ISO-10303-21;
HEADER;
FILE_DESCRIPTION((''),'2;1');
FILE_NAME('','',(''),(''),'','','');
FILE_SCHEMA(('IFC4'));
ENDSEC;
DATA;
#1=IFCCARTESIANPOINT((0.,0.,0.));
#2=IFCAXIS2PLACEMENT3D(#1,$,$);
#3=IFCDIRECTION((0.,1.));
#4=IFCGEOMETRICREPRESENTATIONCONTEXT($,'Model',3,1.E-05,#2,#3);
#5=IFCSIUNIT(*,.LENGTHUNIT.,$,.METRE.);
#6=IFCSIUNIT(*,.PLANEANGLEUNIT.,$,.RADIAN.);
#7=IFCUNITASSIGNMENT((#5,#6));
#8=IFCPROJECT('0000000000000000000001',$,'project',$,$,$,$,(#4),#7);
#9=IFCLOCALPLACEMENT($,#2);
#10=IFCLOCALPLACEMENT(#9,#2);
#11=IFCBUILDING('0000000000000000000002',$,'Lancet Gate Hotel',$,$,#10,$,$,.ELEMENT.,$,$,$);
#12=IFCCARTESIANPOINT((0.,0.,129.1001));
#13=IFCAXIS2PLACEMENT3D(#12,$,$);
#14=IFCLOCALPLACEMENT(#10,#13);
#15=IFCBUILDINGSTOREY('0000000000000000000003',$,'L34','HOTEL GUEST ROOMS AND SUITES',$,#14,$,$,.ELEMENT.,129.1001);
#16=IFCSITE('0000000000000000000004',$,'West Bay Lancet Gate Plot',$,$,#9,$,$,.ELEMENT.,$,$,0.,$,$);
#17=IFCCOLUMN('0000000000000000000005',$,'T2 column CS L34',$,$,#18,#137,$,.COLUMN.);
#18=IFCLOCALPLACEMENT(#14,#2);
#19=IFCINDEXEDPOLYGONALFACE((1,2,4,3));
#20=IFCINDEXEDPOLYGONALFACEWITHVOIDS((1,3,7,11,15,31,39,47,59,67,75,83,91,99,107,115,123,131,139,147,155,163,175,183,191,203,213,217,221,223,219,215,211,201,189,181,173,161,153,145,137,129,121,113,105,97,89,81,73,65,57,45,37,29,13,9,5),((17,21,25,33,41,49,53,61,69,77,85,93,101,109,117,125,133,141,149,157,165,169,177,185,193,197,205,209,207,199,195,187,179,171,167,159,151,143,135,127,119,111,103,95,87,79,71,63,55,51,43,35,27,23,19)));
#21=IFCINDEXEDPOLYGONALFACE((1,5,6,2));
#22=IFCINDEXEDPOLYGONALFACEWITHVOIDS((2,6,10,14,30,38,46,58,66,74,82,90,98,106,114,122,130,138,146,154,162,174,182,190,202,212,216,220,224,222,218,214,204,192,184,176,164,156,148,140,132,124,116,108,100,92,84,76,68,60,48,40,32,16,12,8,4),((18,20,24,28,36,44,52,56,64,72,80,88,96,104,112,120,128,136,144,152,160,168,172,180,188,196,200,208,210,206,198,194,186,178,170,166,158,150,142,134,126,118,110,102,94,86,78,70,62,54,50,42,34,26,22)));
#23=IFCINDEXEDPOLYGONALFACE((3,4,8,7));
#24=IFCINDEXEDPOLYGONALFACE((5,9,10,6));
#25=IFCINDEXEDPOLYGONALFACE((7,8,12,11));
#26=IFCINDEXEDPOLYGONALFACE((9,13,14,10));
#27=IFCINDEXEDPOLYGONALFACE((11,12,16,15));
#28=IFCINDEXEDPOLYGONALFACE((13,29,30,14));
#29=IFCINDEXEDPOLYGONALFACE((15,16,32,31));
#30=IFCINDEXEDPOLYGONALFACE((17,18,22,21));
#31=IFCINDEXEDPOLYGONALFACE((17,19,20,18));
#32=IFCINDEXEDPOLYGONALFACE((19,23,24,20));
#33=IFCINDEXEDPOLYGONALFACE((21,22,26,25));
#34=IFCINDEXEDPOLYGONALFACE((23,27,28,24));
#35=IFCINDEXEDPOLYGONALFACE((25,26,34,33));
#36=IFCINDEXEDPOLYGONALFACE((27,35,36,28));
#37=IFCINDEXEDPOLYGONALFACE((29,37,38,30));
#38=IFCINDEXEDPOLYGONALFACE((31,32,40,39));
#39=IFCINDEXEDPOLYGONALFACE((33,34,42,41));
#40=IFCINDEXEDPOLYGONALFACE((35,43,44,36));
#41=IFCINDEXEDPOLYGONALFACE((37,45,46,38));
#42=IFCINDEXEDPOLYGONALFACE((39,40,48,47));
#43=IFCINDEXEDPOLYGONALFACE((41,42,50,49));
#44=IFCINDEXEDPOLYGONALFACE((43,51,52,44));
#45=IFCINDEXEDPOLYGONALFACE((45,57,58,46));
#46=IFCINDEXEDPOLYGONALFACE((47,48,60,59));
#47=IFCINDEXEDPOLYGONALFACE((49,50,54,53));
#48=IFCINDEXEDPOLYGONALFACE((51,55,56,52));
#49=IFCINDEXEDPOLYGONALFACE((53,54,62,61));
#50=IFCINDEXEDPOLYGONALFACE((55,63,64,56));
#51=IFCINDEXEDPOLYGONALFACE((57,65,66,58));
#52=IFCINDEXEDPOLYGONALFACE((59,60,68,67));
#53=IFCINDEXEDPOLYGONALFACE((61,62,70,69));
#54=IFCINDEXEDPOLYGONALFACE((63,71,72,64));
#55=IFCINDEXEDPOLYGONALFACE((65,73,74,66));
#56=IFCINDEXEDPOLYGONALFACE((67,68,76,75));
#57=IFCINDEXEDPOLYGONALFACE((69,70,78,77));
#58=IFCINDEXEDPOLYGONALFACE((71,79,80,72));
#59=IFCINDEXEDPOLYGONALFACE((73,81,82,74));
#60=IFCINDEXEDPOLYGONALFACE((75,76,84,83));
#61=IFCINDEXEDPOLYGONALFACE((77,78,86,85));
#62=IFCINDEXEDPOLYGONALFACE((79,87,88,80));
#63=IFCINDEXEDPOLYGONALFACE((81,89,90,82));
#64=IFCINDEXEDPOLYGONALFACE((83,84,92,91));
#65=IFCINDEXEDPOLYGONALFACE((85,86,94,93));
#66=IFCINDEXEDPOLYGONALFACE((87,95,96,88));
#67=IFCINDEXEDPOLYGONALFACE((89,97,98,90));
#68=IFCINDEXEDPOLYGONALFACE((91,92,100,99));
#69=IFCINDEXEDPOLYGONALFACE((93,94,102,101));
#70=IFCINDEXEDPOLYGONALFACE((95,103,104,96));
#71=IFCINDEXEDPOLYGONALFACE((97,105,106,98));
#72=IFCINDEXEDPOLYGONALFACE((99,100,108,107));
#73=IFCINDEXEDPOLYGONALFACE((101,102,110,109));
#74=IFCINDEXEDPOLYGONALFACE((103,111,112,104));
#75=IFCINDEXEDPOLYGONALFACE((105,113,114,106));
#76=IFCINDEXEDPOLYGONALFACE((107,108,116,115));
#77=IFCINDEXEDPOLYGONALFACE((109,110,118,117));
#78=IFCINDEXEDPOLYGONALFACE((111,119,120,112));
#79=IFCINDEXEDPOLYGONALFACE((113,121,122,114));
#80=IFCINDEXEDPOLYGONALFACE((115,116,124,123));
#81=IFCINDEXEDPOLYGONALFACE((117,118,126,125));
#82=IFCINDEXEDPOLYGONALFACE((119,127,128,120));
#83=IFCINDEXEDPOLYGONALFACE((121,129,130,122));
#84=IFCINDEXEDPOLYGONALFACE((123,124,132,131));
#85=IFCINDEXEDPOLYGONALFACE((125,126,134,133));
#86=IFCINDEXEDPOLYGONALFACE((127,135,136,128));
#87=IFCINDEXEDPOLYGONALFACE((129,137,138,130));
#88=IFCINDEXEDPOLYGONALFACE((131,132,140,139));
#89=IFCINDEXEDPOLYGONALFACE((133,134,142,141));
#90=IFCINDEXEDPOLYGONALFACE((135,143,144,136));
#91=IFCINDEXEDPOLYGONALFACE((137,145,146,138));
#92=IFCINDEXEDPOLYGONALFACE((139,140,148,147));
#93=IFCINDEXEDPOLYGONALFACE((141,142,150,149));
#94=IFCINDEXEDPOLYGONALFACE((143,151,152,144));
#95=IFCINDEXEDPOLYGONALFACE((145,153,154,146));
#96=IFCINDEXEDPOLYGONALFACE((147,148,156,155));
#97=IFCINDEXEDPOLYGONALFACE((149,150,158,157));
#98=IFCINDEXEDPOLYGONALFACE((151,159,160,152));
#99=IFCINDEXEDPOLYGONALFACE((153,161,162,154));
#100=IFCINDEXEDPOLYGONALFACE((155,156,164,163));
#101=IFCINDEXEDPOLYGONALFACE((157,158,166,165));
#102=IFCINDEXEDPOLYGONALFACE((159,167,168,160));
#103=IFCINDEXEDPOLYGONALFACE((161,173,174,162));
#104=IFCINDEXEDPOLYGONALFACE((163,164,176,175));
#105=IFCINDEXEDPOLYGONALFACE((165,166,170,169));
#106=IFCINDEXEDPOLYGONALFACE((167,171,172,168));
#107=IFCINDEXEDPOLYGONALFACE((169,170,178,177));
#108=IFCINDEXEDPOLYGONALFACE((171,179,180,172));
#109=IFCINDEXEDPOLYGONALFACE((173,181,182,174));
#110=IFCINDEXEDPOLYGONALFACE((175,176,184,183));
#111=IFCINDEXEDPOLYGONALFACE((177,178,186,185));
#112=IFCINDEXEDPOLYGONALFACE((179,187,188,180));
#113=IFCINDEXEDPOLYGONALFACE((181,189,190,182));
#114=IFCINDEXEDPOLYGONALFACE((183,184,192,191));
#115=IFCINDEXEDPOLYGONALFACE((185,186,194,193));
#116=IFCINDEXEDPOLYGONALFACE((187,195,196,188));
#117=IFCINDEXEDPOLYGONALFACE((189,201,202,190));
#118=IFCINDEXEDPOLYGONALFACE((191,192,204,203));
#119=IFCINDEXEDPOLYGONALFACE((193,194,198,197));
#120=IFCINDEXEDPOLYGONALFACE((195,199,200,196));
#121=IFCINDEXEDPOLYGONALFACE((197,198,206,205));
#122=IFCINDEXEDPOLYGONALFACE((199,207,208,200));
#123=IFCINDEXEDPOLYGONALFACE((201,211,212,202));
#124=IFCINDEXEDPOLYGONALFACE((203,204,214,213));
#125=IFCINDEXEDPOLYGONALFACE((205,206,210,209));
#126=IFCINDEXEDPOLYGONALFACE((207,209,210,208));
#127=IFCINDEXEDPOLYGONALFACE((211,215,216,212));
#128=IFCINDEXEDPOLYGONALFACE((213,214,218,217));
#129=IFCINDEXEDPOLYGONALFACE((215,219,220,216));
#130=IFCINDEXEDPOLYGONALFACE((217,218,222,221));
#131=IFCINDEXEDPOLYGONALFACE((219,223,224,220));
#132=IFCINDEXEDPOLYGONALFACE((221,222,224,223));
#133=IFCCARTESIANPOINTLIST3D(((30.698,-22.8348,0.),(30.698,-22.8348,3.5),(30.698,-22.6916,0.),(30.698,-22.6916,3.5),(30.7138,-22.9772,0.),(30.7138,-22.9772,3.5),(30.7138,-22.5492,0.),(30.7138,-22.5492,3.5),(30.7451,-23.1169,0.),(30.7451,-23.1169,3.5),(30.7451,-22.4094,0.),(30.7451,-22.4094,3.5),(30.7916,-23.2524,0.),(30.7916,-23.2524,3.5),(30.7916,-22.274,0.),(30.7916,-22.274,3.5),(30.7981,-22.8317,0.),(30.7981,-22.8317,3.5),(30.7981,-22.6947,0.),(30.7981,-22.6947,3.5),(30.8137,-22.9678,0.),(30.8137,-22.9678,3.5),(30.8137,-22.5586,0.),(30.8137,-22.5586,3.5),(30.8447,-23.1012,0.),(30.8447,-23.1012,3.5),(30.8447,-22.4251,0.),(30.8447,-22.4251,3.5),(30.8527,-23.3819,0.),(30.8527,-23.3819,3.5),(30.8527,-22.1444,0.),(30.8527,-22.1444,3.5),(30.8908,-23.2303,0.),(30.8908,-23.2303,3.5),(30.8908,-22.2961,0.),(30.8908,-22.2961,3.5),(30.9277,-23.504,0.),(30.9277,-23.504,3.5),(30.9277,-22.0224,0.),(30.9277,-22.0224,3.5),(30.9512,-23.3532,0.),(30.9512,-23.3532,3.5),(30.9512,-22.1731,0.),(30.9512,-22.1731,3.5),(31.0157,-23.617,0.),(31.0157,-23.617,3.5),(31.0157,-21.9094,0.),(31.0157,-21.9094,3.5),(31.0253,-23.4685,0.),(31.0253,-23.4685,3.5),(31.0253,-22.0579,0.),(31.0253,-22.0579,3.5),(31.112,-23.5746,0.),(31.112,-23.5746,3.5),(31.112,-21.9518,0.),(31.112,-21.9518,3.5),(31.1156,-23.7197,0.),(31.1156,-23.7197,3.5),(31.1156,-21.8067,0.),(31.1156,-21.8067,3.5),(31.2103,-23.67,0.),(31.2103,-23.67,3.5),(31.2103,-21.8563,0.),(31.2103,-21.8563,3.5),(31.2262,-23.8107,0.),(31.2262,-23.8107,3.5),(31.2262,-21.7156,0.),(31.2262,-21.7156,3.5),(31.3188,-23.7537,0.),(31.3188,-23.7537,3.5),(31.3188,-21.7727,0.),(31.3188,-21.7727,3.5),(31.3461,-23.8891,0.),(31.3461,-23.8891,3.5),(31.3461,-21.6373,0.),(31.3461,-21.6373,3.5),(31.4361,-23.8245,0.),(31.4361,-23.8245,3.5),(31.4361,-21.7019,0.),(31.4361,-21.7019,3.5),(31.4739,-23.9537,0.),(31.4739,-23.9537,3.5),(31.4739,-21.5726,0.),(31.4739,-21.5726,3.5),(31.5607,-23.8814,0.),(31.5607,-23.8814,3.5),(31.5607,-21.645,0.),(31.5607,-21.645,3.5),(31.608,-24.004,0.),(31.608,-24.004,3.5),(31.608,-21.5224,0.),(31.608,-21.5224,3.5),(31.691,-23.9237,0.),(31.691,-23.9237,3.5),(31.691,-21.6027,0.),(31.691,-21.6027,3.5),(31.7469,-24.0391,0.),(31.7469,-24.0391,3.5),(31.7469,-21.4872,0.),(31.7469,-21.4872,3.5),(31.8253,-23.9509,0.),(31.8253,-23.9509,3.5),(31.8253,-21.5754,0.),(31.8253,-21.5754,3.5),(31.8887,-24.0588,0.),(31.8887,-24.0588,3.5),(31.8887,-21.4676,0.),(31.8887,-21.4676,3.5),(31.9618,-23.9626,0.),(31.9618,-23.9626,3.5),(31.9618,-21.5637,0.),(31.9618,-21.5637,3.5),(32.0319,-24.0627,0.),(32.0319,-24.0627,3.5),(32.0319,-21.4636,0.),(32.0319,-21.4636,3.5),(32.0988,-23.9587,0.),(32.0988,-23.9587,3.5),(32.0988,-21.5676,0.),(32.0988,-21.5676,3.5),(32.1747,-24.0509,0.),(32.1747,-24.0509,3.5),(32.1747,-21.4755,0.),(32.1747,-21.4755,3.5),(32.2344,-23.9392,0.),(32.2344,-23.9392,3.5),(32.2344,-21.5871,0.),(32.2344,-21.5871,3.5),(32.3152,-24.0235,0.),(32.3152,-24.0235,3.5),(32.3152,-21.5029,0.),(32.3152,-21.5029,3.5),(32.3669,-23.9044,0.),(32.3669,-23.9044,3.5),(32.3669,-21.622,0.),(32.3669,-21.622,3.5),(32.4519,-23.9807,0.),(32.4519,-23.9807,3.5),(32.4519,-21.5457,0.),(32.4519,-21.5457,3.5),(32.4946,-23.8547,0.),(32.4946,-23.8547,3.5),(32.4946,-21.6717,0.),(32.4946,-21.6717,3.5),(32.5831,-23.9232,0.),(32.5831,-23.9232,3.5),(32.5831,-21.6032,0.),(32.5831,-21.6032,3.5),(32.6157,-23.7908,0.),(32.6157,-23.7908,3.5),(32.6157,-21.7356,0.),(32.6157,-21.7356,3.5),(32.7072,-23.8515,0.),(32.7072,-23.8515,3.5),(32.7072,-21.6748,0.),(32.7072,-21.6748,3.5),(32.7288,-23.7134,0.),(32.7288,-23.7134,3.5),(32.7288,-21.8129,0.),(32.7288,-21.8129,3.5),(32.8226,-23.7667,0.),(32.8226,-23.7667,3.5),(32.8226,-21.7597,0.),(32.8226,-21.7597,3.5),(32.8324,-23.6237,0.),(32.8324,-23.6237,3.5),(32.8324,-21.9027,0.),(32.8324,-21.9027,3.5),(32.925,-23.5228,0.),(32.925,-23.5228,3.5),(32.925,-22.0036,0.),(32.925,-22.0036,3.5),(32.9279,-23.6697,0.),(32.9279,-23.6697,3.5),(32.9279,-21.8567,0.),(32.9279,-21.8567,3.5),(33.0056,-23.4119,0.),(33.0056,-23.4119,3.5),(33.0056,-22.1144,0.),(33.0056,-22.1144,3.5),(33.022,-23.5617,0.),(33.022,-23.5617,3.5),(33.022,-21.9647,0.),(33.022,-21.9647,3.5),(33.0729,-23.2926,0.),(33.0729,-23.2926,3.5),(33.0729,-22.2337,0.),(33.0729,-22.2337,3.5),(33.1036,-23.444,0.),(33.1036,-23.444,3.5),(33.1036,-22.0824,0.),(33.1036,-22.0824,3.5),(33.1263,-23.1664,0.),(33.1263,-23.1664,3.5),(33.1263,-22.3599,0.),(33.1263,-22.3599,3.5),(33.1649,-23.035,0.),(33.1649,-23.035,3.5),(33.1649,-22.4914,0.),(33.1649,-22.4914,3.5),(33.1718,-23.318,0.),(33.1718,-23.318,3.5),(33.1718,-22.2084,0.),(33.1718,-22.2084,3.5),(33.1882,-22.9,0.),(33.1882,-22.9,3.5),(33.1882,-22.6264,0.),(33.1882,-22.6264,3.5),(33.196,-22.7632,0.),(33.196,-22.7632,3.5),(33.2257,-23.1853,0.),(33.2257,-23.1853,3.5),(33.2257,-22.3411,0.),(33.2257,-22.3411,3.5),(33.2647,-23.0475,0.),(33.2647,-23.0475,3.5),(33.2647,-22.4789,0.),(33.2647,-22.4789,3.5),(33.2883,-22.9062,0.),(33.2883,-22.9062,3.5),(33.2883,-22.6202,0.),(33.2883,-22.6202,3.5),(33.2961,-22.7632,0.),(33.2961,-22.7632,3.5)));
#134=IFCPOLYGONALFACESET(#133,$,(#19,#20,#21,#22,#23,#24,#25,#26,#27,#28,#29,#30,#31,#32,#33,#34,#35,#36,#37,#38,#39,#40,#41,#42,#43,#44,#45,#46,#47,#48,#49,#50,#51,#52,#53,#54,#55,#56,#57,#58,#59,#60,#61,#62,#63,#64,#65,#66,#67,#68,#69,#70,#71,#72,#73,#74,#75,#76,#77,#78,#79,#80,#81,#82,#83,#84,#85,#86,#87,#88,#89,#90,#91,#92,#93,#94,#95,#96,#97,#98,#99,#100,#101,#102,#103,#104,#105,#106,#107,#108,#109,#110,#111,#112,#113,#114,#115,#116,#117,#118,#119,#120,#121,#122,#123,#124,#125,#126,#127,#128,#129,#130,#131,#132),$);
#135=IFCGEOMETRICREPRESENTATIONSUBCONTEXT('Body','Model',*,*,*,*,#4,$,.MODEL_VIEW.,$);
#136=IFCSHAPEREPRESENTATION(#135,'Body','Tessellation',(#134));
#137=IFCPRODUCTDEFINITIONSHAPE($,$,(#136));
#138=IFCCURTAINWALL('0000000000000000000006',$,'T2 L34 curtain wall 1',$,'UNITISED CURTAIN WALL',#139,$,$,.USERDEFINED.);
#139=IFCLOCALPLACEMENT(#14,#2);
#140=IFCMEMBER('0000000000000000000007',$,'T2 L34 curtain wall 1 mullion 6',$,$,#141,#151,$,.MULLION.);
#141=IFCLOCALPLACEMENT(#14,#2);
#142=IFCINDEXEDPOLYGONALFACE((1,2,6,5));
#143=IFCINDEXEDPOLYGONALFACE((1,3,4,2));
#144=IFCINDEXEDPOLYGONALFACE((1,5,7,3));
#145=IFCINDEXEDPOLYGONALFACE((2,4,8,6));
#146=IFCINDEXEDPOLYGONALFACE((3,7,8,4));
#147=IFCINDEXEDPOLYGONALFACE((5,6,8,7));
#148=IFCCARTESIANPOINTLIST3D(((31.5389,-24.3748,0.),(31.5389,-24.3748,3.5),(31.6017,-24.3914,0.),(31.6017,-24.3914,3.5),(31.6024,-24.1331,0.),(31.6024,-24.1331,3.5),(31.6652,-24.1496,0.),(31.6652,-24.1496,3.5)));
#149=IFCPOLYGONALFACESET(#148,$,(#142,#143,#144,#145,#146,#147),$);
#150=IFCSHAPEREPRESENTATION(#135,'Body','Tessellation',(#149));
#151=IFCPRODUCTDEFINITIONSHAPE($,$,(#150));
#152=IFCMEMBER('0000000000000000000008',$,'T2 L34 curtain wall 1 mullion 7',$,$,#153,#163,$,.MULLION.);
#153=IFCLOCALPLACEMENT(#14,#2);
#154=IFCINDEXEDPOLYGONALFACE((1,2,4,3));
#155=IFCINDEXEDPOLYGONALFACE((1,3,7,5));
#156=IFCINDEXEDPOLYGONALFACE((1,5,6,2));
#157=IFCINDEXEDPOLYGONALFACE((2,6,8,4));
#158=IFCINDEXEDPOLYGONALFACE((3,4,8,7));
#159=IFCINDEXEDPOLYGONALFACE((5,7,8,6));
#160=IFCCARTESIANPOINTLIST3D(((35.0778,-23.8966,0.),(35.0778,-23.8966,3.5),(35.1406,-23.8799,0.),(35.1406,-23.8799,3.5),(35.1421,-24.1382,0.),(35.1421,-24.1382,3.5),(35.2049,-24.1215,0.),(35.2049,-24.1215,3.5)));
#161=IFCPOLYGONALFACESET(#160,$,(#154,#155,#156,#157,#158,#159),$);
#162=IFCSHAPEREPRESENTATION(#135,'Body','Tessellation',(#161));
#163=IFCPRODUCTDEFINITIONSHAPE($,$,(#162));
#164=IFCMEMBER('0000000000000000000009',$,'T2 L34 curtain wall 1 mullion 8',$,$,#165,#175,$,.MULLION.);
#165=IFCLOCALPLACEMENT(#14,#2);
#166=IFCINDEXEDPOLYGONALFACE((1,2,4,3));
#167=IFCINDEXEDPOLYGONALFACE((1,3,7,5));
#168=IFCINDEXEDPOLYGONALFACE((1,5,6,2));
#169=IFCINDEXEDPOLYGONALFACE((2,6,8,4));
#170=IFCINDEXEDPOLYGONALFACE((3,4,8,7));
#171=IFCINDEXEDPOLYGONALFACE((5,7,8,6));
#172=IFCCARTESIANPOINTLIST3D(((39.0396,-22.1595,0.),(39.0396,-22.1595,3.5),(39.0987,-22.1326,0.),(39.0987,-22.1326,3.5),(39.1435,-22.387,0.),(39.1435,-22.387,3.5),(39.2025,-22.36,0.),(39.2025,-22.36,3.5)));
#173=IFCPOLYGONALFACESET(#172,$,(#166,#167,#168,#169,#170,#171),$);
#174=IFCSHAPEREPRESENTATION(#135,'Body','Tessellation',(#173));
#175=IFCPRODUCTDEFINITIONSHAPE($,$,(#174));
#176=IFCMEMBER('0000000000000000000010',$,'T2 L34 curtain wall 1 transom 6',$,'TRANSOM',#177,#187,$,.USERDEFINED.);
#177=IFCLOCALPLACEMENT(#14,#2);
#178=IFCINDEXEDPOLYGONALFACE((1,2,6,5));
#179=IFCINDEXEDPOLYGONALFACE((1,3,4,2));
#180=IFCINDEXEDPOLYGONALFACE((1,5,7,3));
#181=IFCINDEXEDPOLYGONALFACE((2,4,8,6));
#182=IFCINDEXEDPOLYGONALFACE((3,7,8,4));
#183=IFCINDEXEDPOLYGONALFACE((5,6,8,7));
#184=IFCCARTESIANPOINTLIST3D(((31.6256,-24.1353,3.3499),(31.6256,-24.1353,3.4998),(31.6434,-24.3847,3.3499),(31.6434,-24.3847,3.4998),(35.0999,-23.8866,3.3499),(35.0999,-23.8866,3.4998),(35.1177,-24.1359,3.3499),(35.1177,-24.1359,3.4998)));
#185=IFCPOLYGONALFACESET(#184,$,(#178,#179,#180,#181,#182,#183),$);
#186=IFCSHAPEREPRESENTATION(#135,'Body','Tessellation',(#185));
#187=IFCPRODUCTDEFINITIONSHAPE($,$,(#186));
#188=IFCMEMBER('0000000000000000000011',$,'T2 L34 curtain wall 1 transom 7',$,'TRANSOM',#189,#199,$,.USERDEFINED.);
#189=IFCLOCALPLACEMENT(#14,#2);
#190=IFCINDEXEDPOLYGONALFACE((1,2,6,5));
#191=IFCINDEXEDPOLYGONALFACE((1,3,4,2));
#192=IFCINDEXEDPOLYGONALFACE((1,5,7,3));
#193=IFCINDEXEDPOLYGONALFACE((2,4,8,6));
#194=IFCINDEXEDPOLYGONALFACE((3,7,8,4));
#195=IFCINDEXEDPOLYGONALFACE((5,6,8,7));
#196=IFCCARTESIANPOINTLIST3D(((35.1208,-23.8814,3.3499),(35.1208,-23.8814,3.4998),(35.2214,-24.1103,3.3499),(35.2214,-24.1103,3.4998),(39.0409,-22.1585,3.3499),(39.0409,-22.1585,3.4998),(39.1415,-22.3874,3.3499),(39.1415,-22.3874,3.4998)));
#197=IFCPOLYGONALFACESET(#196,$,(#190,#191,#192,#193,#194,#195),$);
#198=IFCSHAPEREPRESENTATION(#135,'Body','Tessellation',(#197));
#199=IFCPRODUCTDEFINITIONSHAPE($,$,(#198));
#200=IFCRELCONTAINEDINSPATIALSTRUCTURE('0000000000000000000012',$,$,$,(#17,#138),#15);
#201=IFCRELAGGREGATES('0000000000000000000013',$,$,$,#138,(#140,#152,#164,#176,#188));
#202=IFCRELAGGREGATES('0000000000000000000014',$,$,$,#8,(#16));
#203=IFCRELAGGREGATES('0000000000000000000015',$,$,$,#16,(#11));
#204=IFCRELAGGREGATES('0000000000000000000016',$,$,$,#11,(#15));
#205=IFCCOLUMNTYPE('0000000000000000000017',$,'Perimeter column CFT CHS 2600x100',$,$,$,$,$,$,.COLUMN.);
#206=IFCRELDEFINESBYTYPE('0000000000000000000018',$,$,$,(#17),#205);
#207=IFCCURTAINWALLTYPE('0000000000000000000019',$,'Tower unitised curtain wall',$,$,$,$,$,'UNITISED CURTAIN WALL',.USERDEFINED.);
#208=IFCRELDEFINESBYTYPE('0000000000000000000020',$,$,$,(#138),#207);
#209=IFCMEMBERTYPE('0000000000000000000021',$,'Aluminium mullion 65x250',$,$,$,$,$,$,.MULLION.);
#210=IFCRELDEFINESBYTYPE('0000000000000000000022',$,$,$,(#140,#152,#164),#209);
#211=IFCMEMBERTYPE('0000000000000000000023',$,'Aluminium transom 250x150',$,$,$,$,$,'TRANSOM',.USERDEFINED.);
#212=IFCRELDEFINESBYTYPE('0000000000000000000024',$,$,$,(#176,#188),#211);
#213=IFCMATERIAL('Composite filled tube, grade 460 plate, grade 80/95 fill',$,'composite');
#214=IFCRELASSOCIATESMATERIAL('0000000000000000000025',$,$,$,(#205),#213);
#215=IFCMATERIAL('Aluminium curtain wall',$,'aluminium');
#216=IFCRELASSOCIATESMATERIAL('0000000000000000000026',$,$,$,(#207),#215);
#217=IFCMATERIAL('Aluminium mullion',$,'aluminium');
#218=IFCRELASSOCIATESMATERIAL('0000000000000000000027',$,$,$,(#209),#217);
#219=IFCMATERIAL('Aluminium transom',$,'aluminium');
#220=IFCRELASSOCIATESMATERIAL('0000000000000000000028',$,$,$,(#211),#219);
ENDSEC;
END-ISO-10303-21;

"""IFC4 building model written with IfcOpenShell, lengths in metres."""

from ifc_helpers import new_model, si_unit, direction, frame, origin, origin_2d, place, context, subcontext, project, spatial, rectangle, hollow_circle, extrude, material, material_profile, profile_set, type_object, element, aggregate, save


model = new_model("IFC4")

# Units and contexts
model_context = context("Model", 3, precision=1e-05, world=origin(), true_north=direction((0.0, 1.0)))
body_context = subcontext(model_context, "Body", "Model", "MODEL_VIEW")
ifc_project = project(units=[si_unit("LENGTHUNIT", "METRE"), si_unit("PLANEANGLEUNIT", "RADIAN")], contexts=[model_context])

# Site, building, storey
site_placement = place(None, origin())
site = spatial("IfcSite", under=ifc_project, at=site_placement, Name="West Bay Lancet Gate Plot", CompositionType="ELEMENT", RefElevation=0.0)
building_placement = place(site_placement, origin())
building = spatial("IfcBuilding", under=site, at=building_placement, Name="Lancet Gate Hotel", CompositionType="ELEMENT")
storey_placement = place(building_placement, frame((0.0, 0.0, 129.1001)))
storey = spatial("IfcBuildingStorey", under=building, at=storey_placement, Name="L34", Description="HOTEL GUEST ROOMS AND SUITES", CompositionType="ELEMENT", Elevation=129.1001)

# Column
ifc_material_1 = material(Name="Composite filled tube, grade 460 plate, grade 80/95 fill", Category="composite")
ifc_material_profile_1 = material_profile(ifc_material_1, hollow_circle(Radius=1.3, WallThickness=0.1001, at=origin_2d()), Name="CHS 2600x100")
ifc_profile_set_1 = profile_set([ifc_material_profile_1], Name="Composite filled tube, grade 460 plate, grade 80/95 fill")
column_type = type_object("IfcColumnType", Name="Perimeter column CFT CHS 2600x100", PredefinedType="COLUMN", material=ifc_profile_set_1)
column_placement = place(storey_placement, frame((31.9961, -22.7632, 0.0), z_axis=(0.0, 0.0, 1.0), x_axis=(1.0, 0.0, 0.0)))
element("IfcColumn", 1, at=column_placement, inside=storey, type_object=column_type, Name="T2 column CS L34", PredefinedType="COLUMN", context=body_context, shape_type="SweptSolid", body=[
    extrude(hollow_circle(Radius=1.3, WallThickness=0.1001, at=origin_2d()), origin(), (0.0, 0.0, 1.0), 3.5),
])

# Curtain wall, members
ifc_material_2 = material(Name="Aluminium curtain wall", Category="aluminium")
curtain_wall_type = type_object("IfcCurtainWallType", Name="Tower unitised curtain wall", ElementType="UNITISED CURTAIN WALL", PredefinedType="USERDEFINED", material=ifc_material_2)
curtain_wall_placement = place(storey_placement, origin())
curtain_wall = element("IfcCurtainWall", 2, at=curtain_wall_placement, inside=storey, type_object=curtain_wall_type, Name="T2 L34 curtain wall 1", ObjectType="UNITISED CURTAIN WALL", PredefinedType="USERDEFINED")
ifc_material_3 = material(Name="Aluminium mullion", Category="aluminium")
ifc_material_profile_2 = material_profile(ifc_material_3, rectangle(XDim=0.0649, YDim=0.25, at=origin_2d()), Name="MULLION 65x250")
ifc_profile_set_2 = profile_set([ifc_material_profile_2], Name="Aluminium mullion")
member_type_1 = type_object("IfcMemberType", Name="Aluminium mullion 65x250", PredefinedType="MULLION", material=ifc_profile_set_2)
member_1_placement = place(storey_placement, frame((31.6021, -24.2622, 0.0), z_axis=(0.0, 0.0, 1.0), x_axis=(0.967157, -0.254179, 0.0)))
member_1 = element("IfcMember", 3, at=member_1_placement, type_object=member_type_1, Name="T2 L34 curtain wall 1 mullion 6", PredefinedType="MULLION", context=body_context, shape_type="SweptSolid", body=[
    extrude(rectangle(XDim=0.0649, YDim=0.25, at=origin_2d()), origin(), (0.0, 0.0, 1.0), 3.5),
])
member_2_placement = place(storey_placement, frame((35.1414, -24.009, 0.0), z_axis=(0.0, 0.0, 1.0), x_axis=(0.966317, 0.257353, 0.0)))
member_2 = element("IfcMember", 4, at=member_2_placement, type_object=member_type_1, Name="T2 L34 curtain wall 1 mullion 7", PredefinedType="MULLION", context=body_context, shape_type="SweptSolid", body=[
    extrude(rectangle(XDim=0.0649, YDim=0.25, at=origin_2d()), origin(), (0.0, 0.0, 1.0), 3.5),
])
member_3_placement = place(storey_placement, frame((39.1211, -22.2598, 0.0), z_axis=(0.0, 0.0, 1.0), x_axis=(0.909673, 0.415326, 0.0)))
member_3 = element("IfcMember", 5, at=member_3_placement, type_object=member_type_1, Name="T2 L34 curtain wall 1 mullion 8", PredefinedType="MULLION", context=body_context, shape_type="SweptSolid", body=[
    extrude(rectangle(XDim=0.0649, YDim=0.25, at=origin_2d()), origin(), (0.0, 0.0, 1.0), 3.5),
])
ifc_material_4 = material(Name="Aluminium transom", Category="aluminium")
ifc_material_profile_3 = material_profile(ifc_material_4, rectangle(XDim=0.25, YDim=0.1499, at=origin_2d()), Name="TRANSOM 250x150")
ifc_profile_set_3 = profile_set([ifc_material_profile_3], Name="Aluminium transom")
member_type_2 = type_object("IfcMemberType", Name="Aluminium transom 250x150", ElementType="TRANSOM", PredefinedType="USERDEFINED", material=ifc_profile_set_3)
member_4_placement = place(storey_placement, frame((31.6345, -24.26, 3.4248), z_axis=(0.997446, 0.071421, 0.0), x_axis=(-0.071421, 0.997446, 0.0)))
member_4 = element("IfcMember", 6, at=member_4_placement, type_object=member_type_2, Name="T2 L34 curtain wall 1 transom 6", ObjectType="TRANSOM", PredefinedType="USERDEFINED", context=body_context, shape_type="SweptSolid", body=[
    extrude(rectangle(XDim=0.25, YDim=0.1499, at=origin_2d()), origin(), (0.0, 0.0, 1.0), 3.4832),
])
member_5_placement = place(storey_placement, frame((35.1711, -23.9958, 3.4248), z_axis=(0.915485, 0.402353, 0.0), x_axis=(-0.402353, 0.915485, 0.0)))
member_5 = element("IfcMember", 7, at=member_5_placement, type_object=member_type_2, Name="T2 L34 curtain wall 1 transom 7", ObjectType="TRANSOM", PredefinedType="USERDEFINED", context=body_context, shape_type="SweptSolid", body=[
    extrude(rectangle(XDim=0.25, YDim=0.1499, at=origin_2d()), origin(), (0.0, 0.0, 1.0), 4.282),
])

aggregate(curtain_wall, [member_1, member_2, member_3, member_4, member_5])

save(model, "model.ifc")
